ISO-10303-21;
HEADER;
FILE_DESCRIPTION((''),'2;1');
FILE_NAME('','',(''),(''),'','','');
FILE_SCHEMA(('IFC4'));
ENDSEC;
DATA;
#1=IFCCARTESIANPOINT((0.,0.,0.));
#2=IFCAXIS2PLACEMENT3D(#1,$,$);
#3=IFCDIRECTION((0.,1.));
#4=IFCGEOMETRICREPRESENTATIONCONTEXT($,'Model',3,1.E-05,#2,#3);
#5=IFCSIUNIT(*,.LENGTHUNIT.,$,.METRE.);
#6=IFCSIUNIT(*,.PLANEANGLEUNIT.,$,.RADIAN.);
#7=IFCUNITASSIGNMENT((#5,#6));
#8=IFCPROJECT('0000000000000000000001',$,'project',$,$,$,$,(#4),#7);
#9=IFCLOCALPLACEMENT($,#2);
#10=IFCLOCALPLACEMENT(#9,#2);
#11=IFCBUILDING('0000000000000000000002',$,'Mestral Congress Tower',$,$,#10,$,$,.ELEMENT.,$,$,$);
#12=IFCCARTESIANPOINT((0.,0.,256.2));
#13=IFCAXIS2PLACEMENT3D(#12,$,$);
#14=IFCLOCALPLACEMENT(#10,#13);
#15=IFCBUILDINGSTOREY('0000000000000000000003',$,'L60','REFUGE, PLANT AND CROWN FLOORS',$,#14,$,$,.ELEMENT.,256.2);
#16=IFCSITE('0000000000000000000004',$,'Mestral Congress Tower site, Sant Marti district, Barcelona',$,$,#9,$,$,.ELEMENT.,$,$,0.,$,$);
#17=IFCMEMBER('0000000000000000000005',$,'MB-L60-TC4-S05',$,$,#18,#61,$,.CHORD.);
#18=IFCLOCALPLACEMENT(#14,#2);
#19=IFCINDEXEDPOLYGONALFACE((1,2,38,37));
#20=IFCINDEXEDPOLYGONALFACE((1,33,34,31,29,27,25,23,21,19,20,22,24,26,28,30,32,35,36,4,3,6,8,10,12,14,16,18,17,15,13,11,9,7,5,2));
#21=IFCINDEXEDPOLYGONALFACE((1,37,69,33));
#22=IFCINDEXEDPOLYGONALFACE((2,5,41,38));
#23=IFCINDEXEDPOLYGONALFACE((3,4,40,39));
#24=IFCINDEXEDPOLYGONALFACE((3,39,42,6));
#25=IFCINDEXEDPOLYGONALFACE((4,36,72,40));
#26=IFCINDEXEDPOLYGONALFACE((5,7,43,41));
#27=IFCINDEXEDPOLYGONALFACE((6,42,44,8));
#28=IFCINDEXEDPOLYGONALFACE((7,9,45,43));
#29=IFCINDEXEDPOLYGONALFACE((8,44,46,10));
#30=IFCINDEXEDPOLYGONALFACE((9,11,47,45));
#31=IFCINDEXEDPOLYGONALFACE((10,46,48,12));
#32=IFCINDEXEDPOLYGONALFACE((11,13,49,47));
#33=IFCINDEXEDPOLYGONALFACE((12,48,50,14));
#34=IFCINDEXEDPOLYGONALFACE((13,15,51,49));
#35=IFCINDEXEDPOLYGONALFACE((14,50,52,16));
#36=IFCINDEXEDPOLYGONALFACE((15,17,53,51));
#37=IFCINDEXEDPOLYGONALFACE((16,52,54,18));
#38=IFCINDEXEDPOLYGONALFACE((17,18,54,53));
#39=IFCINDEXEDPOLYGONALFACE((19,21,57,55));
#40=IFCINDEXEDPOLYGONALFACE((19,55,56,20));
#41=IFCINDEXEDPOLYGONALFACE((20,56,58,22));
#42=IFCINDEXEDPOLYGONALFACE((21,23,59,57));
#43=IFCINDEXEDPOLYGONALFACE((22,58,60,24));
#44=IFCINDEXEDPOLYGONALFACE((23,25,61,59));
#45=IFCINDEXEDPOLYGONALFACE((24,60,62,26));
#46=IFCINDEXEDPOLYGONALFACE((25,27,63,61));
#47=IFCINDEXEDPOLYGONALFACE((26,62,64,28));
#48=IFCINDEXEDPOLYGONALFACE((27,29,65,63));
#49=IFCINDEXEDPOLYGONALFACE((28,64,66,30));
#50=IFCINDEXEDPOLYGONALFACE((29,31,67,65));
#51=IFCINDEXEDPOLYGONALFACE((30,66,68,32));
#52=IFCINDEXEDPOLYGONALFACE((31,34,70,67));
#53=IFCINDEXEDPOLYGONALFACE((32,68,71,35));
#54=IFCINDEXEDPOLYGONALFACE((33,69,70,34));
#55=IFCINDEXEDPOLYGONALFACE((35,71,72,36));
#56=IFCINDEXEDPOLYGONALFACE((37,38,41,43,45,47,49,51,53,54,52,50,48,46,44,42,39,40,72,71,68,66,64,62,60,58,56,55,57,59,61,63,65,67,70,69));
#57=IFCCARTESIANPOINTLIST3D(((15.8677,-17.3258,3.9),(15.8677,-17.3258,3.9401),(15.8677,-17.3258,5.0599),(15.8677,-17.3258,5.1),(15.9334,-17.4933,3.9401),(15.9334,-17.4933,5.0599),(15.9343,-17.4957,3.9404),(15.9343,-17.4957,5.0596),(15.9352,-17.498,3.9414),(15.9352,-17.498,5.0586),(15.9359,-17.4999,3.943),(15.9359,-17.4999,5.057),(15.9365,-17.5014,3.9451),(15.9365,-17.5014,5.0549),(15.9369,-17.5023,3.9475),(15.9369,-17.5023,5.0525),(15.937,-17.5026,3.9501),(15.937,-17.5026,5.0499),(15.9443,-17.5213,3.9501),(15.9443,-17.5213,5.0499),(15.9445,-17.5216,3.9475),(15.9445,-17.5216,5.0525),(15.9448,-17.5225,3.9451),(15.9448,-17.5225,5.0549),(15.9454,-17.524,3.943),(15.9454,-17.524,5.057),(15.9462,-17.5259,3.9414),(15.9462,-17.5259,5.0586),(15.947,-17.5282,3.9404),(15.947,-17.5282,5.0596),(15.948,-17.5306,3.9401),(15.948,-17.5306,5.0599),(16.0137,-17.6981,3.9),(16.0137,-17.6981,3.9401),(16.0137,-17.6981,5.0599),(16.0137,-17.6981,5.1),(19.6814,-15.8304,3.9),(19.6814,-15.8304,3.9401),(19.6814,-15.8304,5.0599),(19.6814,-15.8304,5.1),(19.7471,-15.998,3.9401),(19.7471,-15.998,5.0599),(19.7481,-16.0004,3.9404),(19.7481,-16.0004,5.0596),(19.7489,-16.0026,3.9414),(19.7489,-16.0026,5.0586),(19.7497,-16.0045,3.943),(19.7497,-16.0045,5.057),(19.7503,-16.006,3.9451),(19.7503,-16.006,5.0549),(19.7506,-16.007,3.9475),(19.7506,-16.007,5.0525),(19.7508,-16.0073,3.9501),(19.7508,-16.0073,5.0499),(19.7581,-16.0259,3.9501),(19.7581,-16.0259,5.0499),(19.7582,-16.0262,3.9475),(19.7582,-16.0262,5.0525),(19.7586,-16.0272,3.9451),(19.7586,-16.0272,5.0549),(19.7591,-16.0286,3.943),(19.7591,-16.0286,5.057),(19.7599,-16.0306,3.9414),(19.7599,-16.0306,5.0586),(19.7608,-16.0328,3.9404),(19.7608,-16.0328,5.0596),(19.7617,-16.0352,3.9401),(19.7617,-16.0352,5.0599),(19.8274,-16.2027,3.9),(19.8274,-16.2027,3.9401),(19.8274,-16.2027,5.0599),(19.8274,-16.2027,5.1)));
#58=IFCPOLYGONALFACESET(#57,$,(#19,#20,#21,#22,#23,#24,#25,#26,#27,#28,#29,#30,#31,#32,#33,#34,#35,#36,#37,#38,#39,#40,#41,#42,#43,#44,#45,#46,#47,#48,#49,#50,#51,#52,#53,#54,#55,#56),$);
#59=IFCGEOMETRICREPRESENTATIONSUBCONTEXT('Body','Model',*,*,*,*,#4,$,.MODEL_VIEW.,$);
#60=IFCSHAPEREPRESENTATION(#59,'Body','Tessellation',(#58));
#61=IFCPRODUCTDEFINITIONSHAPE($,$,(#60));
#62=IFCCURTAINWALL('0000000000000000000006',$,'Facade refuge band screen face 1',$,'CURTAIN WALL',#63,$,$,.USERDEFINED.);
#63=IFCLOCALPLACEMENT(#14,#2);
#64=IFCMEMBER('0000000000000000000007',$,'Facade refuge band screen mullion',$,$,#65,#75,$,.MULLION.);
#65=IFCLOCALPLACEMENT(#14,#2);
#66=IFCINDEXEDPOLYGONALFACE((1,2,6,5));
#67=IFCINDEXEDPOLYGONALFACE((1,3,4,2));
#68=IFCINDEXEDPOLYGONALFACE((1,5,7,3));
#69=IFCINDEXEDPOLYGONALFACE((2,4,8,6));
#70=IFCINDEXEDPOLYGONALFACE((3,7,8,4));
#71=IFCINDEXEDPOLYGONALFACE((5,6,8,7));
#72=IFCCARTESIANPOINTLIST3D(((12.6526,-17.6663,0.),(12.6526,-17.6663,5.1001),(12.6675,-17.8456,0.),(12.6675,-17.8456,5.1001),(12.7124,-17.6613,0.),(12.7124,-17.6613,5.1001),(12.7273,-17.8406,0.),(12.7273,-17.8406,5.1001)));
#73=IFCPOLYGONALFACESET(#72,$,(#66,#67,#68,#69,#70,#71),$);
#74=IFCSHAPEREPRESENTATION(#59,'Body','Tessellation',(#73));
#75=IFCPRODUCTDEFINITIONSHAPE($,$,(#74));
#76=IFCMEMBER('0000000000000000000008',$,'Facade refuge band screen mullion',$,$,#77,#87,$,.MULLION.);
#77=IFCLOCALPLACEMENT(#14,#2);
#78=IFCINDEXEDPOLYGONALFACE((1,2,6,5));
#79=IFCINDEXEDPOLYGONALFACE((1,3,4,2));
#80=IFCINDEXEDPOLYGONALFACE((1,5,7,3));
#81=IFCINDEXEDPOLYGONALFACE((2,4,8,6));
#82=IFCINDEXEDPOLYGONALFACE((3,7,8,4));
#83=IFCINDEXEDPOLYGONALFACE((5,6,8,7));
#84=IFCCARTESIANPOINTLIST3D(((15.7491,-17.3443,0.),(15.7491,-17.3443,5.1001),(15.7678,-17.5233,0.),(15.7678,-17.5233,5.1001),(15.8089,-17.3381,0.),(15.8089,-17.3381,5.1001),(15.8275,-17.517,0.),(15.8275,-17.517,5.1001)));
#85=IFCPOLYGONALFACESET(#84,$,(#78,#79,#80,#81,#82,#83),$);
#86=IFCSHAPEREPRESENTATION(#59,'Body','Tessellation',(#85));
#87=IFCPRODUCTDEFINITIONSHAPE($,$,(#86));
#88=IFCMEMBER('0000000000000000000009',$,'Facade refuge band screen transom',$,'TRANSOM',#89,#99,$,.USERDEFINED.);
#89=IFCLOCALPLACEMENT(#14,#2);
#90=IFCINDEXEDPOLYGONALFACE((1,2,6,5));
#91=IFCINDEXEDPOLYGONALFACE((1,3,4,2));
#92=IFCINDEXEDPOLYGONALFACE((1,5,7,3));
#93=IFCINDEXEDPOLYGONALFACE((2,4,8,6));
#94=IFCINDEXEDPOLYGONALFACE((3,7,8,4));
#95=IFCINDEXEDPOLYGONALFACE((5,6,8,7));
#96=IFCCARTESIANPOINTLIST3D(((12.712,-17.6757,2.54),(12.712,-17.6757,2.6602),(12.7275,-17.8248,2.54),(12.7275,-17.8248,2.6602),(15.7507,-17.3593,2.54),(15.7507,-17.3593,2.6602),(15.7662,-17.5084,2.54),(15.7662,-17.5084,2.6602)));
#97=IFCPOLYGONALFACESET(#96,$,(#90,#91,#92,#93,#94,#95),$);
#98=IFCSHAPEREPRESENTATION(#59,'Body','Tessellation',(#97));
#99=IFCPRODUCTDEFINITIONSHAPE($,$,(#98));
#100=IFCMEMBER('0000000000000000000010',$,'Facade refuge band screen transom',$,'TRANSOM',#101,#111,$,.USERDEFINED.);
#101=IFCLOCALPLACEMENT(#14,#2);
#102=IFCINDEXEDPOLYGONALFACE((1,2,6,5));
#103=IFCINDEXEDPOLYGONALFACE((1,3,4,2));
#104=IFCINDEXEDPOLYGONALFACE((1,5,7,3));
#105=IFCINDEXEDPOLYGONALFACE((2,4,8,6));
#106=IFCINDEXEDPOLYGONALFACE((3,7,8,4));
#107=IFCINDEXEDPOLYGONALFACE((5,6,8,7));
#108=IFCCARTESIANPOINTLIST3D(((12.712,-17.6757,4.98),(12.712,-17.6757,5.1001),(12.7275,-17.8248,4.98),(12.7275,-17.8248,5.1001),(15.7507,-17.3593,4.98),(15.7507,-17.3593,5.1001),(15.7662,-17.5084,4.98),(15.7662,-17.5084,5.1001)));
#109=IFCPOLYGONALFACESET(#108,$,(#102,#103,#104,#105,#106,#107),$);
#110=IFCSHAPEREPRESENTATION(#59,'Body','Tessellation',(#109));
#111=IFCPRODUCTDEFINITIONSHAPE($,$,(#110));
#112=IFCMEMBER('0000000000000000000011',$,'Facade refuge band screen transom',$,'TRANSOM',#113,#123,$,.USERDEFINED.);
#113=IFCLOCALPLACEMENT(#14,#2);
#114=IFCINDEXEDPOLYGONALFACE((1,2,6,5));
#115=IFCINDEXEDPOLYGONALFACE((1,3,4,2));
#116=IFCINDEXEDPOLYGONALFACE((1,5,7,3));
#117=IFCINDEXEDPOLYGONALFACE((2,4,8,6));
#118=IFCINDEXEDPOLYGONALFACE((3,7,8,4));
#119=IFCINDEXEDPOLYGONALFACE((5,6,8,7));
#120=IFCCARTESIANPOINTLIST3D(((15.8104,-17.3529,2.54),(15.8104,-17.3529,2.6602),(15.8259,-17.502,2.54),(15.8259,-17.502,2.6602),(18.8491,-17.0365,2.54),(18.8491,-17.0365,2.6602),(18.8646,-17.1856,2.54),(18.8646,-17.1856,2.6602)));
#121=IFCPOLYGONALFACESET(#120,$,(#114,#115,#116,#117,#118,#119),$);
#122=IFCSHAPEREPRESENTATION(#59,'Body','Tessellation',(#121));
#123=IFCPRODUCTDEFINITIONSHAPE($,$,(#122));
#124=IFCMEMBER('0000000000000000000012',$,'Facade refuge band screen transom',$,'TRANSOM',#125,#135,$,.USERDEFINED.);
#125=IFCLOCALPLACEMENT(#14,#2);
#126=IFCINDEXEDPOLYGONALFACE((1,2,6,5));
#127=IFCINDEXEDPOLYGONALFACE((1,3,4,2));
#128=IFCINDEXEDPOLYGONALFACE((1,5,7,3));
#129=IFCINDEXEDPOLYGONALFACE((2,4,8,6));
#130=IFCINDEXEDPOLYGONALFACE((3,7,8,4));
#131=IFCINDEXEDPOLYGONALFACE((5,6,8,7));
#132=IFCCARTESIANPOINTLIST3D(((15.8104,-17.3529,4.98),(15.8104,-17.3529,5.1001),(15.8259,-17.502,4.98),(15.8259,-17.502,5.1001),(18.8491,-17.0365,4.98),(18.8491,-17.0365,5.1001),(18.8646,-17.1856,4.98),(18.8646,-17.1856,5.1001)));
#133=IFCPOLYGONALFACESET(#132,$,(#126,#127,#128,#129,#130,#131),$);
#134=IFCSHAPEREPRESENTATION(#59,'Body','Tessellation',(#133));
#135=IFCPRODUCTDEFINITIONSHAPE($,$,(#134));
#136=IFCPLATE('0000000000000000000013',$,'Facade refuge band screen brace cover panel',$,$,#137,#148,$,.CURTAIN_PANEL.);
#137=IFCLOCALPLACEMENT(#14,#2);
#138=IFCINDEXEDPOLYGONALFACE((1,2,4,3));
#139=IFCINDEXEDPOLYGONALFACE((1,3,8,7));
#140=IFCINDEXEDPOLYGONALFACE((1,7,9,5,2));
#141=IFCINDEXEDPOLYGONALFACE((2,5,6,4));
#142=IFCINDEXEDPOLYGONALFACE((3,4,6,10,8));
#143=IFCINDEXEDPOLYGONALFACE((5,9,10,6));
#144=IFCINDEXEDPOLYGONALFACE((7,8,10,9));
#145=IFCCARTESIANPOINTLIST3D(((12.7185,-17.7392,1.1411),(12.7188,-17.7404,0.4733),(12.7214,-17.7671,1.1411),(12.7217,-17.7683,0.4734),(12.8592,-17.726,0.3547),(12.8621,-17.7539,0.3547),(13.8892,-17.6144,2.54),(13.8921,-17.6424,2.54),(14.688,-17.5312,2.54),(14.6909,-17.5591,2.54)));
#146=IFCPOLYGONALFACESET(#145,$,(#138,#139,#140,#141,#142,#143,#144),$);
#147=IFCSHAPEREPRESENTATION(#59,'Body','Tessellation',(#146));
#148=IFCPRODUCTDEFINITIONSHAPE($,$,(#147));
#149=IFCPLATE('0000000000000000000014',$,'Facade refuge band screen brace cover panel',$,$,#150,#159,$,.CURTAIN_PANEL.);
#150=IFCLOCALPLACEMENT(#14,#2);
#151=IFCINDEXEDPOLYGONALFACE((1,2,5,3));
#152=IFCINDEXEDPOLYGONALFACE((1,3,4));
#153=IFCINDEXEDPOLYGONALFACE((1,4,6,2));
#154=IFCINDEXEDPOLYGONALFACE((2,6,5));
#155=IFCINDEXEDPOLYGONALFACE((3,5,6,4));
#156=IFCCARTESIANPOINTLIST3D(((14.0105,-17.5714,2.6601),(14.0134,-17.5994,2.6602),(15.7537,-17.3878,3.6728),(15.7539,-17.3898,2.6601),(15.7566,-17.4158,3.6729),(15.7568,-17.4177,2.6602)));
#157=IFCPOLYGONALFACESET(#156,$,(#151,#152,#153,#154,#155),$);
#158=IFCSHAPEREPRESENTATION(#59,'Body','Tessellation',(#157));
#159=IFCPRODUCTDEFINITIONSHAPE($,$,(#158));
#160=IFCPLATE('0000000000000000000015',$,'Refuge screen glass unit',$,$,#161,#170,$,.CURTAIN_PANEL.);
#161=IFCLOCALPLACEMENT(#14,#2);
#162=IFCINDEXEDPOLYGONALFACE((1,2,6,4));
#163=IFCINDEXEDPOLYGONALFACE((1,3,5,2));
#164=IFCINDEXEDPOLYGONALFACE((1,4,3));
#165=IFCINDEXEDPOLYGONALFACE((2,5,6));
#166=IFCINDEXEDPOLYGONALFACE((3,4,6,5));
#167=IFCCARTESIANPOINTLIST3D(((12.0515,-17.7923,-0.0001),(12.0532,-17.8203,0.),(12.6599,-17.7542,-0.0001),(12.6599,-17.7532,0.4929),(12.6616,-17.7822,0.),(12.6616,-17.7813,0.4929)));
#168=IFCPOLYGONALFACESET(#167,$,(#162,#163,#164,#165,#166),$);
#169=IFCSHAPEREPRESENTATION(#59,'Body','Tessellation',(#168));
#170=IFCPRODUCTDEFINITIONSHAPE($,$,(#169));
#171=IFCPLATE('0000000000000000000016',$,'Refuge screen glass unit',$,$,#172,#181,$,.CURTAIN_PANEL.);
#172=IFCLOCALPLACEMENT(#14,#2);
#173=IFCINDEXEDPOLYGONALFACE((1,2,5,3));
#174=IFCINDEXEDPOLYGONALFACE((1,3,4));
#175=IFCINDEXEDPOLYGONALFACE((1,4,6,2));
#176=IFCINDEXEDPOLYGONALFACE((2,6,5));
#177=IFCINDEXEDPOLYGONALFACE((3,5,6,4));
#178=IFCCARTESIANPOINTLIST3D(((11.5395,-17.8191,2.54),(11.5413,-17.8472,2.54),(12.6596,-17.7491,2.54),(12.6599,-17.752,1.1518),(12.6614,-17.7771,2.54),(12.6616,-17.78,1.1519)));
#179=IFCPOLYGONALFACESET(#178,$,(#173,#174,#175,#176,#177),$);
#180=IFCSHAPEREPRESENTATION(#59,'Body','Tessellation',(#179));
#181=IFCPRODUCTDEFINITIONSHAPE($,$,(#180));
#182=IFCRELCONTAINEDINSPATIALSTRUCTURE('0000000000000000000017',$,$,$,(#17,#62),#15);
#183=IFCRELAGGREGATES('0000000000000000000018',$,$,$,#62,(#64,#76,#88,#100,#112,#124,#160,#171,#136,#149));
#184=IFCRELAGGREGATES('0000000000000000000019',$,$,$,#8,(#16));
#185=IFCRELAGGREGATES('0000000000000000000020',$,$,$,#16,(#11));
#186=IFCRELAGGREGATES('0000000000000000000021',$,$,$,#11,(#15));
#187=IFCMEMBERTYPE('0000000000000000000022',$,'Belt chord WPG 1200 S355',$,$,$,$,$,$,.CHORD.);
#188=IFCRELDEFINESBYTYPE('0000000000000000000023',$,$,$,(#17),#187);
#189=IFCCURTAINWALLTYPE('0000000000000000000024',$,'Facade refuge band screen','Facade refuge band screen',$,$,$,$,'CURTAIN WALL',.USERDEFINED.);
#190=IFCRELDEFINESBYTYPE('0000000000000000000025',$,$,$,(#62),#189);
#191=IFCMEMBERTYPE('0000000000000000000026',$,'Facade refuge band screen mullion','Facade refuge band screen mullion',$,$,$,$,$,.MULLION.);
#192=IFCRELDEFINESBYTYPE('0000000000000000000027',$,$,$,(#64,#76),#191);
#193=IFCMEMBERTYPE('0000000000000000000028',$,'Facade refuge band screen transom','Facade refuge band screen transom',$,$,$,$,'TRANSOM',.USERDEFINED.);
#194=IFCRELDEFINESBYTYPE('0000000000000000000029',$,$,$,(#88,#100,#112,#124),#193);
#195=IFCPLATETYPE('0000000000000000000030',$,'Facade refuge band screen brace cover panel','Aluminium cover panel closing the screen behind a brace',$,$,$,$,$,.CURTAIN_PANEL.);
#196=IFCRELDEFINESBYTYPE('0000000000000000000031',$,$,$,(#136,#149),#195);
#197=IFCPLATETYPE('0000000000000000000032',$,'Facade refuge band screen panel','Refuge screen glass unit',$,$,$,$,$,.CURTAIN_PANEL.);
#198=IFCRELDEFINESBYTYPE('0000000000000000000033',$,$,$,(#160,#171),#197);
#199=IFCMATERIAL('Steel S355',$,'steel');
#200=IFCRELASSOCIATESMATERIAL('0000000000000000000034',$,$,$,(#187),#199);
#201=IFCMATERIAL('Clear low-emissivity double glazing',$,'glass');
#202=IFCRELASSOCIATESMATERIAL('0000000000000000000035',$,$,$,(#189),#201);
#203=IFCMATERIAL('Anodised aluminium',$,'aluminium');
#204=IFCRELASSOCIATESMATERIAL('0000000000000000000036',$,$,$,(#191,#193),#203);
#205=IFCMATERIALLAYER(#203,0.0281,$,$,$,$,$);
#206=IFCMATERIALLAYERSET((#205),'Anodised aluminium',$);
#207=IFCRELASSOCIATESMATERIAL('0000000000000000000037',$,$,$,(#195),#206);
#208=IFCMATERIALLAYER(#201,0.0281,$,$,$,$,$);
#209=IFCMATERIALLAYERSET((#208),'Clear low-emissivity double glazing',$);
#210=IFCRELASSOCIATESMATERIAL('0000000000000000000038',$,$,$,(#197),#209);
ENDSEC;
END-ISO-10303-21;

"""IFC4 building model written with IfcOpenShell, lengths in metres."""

from ifc_helpers import new_model, si_unit, direction, frame, origin, origin_2d, place, context, subcontext, project, spatial, polyline, rectangle, i_section, outline, extrude, material, layer, layer_set, material_profile, profile_set, type_object, element, aggregate, save


model = new_model("IFC4")

# Units and contexts
model_context = context("Model", 3, precision=1e-05, world=origin(), true_north=direction((0.0, 1.0)))
body_context = subcontext(model_context, "Body", "Model", "MODEL_VIEW")
ifc_project = project(units=[si_unit("LENGTHUNIT", "METRE"), si_unit("PLANEANGLEUNIT", "RADIAN")], contexts=[model_context])

# Site, building, storey
site_placement = place(None, origin())
site = spatial("IfcSite", under=ifc_project, at=site_placement, Name="Mestral Congress Tower site, Sant Marti district, Barcelona", CompositionType="ELEMENT", RefElevation=0.0)
building_placement = place(site_placement, origin())
building = spatial("IfcBuilding", under=site, at=building_placement, Name="Mestral Congress Tower", CompositionType="ELEMENT")
storey_placement = place(building_placement, frame((0.0, 0.0, 256.2)))
storey = spatial("IfcBuildingStorey", under=building, at=storey_placement, Name="L60", Description="REFUGE, PLANT AND CROWN FLOORS", CompositionType="ELEMENT", Elevation=256.2)

# Member
ifc_material_1 = material(Name="Steel S355", Category="steel")
ifc_material_profile_1 = material_profile(ifc_material_1, i_section(OverallWidth=0.3999, OverallDepth=1.2, WebThickness=0.02, FlangeThickness=0.04, FilletRadius=0.01, at=origin_2d()), Name="WPG 1200")
ifc_profile_set_1 = profile_set([ifc_material_profile_1], Name="Steel S355")
member_type_1 = type_object("IfcMemberType", Name="Belt chord WPG 1200 S355", PredefinedType="CHORD", material=ifc_profile_set_1)
member_1_placement = place(storey_placement, frame((15.9407, -17.512, 4.5), z_axis=(0.930991, 0.365042, 0.0), x_axis=(-0.365042, 0.930991, 0.0)))
element("IfcMember", 1, at=member_1_placement, inside=storey, type_object=member_type_1, Name="MB-L60-TC4-S05", PredefinedType="CHORD", context=body_context, shape_type="SweptSolid", body=[
    extrude(i_section(OverallWidth=0.3999, OverallDepth=1.2, WebThickness=0.02, FlangeThickness=0.04, FilletRadius=0.01, at=origin_2d()), origin(), (0.0, 0.0, 1.0), 4.0964),
])

# Curtain wall, members, plates
ifc_material_2 = material(Name="Clear low-emissivity double glazing", Category="glass")
curtain_wall_type = type_object("IfcCurtainWallType", Name="Facade refuge band screen", Description="Facade refuge band screen", ElementType="CURTAIN WALL", PredefinedType="USERDEFINED", material=ifc_material_2)
curtain_wall_placement = place(storey_placement, origin())
curtain_wall = element("IfcCurtainWall", 2, at=curtain_wall_placement, inside=storey, type_object=curtain_wall_type, Name="Facade refuge band screen face 1", ObjectType="CURTAIN WALL", PredefinedType="USERDEFINED")
ifc_material_3 = material(Name="Anodised aluminium", Category="aluminium")
ifc_material_profile_2 = material_profile(ifc_material_3, rectangle(XDim=0.1799, YDim=0.0601, at=origin_2d()), Name="CW3 mullion 180 x 60")
ifc_profile_set_2 = profile_set([ifc_material_profile_2], Name="Anodised aluminium")
member_type_2 = type_object("IfcMemberType", Name="Facade refuge band screen mullion", Description="Facade refuge band screen mullion", PredefinedType="MULLION", material=ifc_profile_set_2)
member_2_placement = place(storey_placement, frame((12.6899, -17.7534, 0.0), z_axis=(0.0, 0.0, 1.0), x_axis=(0.082914, -0.996557, 0.0)))
member_2 = element("IfcMember", 3, at=member_2_placement, type_object=member_type_2, Name="Facade refuge band screen mullion", PredefinedType="MULLION", context=body_context, shape_type="SweptSolid", body=[
    extrude(rectangle(XDim=0.1799, YDim=0.0601, at=origin_2d()), origin(), (0.0, 0.0, 1.0), 5.1001),
])
member_3_placement = place(storey_placement, frame((15.7883, -17.4307, 0.0), z_axis=(0.0, 0.0, 1.0), x_axis=(0.103575, -0.994622, 0.0)))
member_3 = element("IfcMember", 4, at=member_3_placement, type_object=member_type_2, Name="Facade refuge band screen mullion", PredefinedType="MULLION", context=body_context, shape_type="SweptSolid", body=[
    extrude(rectangle(XDim=0.1799, YDim=0.0601, at=origin_2d()), origin(), (0.0, 0.0, 1.0), 5.1001),
])
ifc_material_profile_3 = material_profile(ifc_material_3, rectangle(XDim=0.1499, YDim=0.1201, at=origin_2d()), Name="CW3 transom 150 x 120")
ifc_profile_set_3 = profile_set([ifc_material_profile_3], Name="Anodised aluminium")
member_type_3 = type_object("IfcMemberType", Name="Facade refuge band screen transom", Description="Facade refuge band screen transom", ElementType="TRANSOM", PredefinedType="USERDEFINED", material=ifc_profile_set_3)
member_4_placement = place(storey_placement, frame((12.7197, -17.7502, 2.6001), z_axis=(0.994623, 0.103562, 0.0), x_axis=(-0.103562, 0.994623, 0.0)))
member_4 = element("IfcMember", 5, at=member_4_placement, type_object=member_type_3, Name="Facade refuge band screen transom", ObjectType="TRANSOM", PredefinedType="USERDEFINED", context=body_context, shape_type="SweptSolid", body=[
    extrude(rectangle(XDim=0.1499, YDim=0.1201, at=origin_2d()), origin(), (0.0, 0.0, 1.0), 3.0552),
])
member_5_placement = place(storey_placement, frame((12.7197, -17.7502, 5.04), z_axis=(0.994623, 0.103562, 0.0), x_axis=(-0.103562, 0.994623, 0.0)))
member_5 = element("IfcMember", 6, at=member_5_placement, type_object=member_type_3, Name="Facade refuge band screen transom", ObjectType="TRANSOM", PredefinedType="USERDEFINED", context=body_context, shape_type="SweptSolid", body=[
    extrude(rectangle(XDim=0.1499, YDim=0.1201, at=origin_2d()), origin(), (0.0, 0.0, 1.0), 3.0552),
])
member_6_placement = place(storey_placement, frame((15.8181, -17.4275, 2.6001), z_axis=(0.994623, 0.103562, 0.0), x_axis=(-0.103562, 0.994623, 0.0)))
member_6 = element("IfcMember", 7, at=member_6_placement, type_object=member_type_3, Name="Facade refuge band screen transom", ObjectType="TRANSOM", PredefinedType="USERDEFINED", context=body_context, shape_type="SweptSolid", body=[
    extrude(rectangle(XDim=0.1499, YDim=0.1201, at=origin_2d()), origin(), (0.0, 0.0, 1.0), 3.0552),
])
member_7_placement = place(storey_placement, frame((15.8181, -17.4275, 5.04), z_axis=(0.994623, 0.103562, 0.0), x_axis=(-0.103562, 0.994623, 0.0)))
member_7 = element("IfcMember", 8, at=member_7_placement, type_object=member_type_3, Name="Facade refuge band screen transom", ObjectType="TRANSOM", PredefinedType="USERDEFINED", context=body_context, shape_type="SweptSolid", body=[
    extrude(rectangle(XDim=0.1499, YDim=0.1201, at=origin_2d()), origin(), (0.0, 0.0, 1.0), 3.0552),
])
ifc_layer_1 = layer(ifc_material_3, 0.0281)
ifc_layer_set_1 = layer_set([ifc_layer_1], Name="Anodised aluminium")
plate_type_1 = type_object("IfcPlateType", Name="Facade refuge band screen brace cover panel", Description="Aluminium cover panel closing the screen behind a brace", PredefinedType="CURTAIN_PANEL", material=ifc_layer_set_1)
plate_1_placement = place(storey_placement, frame((14.6909, -17.5591, 2.54), z_axis=(0.10369, -0.994608, 0.001904), x_axis=(-0.640297, -0.068217, -0.765092)))
plate_1 = element("IfcPlate", 9, at=plate_1_placement, type_object=plate_type_1, Name="Facade refuge band screen brace cover panel", PredefinedType="CURTAIN_PANEL", context=body_context, shape_type="SweptSolid", body=[
    extrude(outline(polyline([(0.0, 0.0), (2.8563, 0.0), (2.8563, -0.1844), (2.3456, -0.6144), (0.5172, -0.6145), (0.0, 0.0)])), origin(), (0.0, 0.0, -1.0), 0.0281),
])
plate_2_placement = place(storey_placement, frame((15.7568, -17.4177, 2.6602), z_axis=(0.103626, -0.994614, 0.001943), x_axis=(-0.994616, -0.103626, 0.0)))
plate_2 = element("IfcPlate", 10, at=plate_2_placement, type_object=plate_type_1, Name="Facade refuge band screen brace cover panel", PredefinedType="CURTAIN_PANEL", context=body_context, shape_type="SweptSolid", body=[
    extrude(outline(polyline([(0.0, 0.0), (1.7528, 0.0), (0.0, -1.0127), (0.0, 0.0)])), origin(), (0.0, 0.0, -1.0), 0.0281),
])
ifc_layer_2 = layer(ifc_material_2, 0.0281)
ifc_layer_set_2 = layer_set([ifc_layer_2], Name="Clear low-emissivity double glazing")
plate_type_2 = type_object("IfcPlateType", Name="Facade refuge band screen panel", Description="Refuge screen glass unit", PredefinedType="CURTAIN_PANEL", material=ifc_layer_set_2)
plate_3_placement = place(storey_placement, frame((12.6616, -17.7822, 0.0), z_axis=(0.062478, -0.998044, 0.001977), x_axis=(-0.998046, -0.062478, 0.0)))
plate_3 = element("IfcPlate", 11, at=plate_3_placement, type_object=plate_type_2, Name="Refuge screen glass unit", PredefinedType="CURTAIN_PANEL", context=body_context, shape_type="SweptSolid", body=[
    extrude(outline(polyline([(0.0, 0.0), (0.6096, 0.0), (-0.0001, -0.4929), (0.0, 0.0)])), origin(), (0.0, 0.0, -1.0), 0.0281),
])
plate_4_placement = place(storey_placement, frame((12.6614, -17.7771, 2.54), z_axis=(0.062432, -0.998047, 0.002117), x_axis=(0.000176, -0.00211, -0.999998)))
plate_4 = element("IfcPlate", 12, at=plate_4_placement, type_object=plate_type_2, Name="Refuge screen glass unit", PredefinedType="CURTAIN_PANEL", context=body_context, shape_type="SweptSolid", body=[
    extrude(outline(polyline([(0.0, 0.0), (1.3882, 0.0), (0.0, -1.1223), (0.0, 0.0)])), origin(), (0.0, 0.0, -1.0), 0.0281),
])

aggregate(curtain_wall, [member_2, member_3, member_4, member_5, member_6, member_7, plate_3, plate_4, plate_1, plate_2])

save(model, "model.ifc")
